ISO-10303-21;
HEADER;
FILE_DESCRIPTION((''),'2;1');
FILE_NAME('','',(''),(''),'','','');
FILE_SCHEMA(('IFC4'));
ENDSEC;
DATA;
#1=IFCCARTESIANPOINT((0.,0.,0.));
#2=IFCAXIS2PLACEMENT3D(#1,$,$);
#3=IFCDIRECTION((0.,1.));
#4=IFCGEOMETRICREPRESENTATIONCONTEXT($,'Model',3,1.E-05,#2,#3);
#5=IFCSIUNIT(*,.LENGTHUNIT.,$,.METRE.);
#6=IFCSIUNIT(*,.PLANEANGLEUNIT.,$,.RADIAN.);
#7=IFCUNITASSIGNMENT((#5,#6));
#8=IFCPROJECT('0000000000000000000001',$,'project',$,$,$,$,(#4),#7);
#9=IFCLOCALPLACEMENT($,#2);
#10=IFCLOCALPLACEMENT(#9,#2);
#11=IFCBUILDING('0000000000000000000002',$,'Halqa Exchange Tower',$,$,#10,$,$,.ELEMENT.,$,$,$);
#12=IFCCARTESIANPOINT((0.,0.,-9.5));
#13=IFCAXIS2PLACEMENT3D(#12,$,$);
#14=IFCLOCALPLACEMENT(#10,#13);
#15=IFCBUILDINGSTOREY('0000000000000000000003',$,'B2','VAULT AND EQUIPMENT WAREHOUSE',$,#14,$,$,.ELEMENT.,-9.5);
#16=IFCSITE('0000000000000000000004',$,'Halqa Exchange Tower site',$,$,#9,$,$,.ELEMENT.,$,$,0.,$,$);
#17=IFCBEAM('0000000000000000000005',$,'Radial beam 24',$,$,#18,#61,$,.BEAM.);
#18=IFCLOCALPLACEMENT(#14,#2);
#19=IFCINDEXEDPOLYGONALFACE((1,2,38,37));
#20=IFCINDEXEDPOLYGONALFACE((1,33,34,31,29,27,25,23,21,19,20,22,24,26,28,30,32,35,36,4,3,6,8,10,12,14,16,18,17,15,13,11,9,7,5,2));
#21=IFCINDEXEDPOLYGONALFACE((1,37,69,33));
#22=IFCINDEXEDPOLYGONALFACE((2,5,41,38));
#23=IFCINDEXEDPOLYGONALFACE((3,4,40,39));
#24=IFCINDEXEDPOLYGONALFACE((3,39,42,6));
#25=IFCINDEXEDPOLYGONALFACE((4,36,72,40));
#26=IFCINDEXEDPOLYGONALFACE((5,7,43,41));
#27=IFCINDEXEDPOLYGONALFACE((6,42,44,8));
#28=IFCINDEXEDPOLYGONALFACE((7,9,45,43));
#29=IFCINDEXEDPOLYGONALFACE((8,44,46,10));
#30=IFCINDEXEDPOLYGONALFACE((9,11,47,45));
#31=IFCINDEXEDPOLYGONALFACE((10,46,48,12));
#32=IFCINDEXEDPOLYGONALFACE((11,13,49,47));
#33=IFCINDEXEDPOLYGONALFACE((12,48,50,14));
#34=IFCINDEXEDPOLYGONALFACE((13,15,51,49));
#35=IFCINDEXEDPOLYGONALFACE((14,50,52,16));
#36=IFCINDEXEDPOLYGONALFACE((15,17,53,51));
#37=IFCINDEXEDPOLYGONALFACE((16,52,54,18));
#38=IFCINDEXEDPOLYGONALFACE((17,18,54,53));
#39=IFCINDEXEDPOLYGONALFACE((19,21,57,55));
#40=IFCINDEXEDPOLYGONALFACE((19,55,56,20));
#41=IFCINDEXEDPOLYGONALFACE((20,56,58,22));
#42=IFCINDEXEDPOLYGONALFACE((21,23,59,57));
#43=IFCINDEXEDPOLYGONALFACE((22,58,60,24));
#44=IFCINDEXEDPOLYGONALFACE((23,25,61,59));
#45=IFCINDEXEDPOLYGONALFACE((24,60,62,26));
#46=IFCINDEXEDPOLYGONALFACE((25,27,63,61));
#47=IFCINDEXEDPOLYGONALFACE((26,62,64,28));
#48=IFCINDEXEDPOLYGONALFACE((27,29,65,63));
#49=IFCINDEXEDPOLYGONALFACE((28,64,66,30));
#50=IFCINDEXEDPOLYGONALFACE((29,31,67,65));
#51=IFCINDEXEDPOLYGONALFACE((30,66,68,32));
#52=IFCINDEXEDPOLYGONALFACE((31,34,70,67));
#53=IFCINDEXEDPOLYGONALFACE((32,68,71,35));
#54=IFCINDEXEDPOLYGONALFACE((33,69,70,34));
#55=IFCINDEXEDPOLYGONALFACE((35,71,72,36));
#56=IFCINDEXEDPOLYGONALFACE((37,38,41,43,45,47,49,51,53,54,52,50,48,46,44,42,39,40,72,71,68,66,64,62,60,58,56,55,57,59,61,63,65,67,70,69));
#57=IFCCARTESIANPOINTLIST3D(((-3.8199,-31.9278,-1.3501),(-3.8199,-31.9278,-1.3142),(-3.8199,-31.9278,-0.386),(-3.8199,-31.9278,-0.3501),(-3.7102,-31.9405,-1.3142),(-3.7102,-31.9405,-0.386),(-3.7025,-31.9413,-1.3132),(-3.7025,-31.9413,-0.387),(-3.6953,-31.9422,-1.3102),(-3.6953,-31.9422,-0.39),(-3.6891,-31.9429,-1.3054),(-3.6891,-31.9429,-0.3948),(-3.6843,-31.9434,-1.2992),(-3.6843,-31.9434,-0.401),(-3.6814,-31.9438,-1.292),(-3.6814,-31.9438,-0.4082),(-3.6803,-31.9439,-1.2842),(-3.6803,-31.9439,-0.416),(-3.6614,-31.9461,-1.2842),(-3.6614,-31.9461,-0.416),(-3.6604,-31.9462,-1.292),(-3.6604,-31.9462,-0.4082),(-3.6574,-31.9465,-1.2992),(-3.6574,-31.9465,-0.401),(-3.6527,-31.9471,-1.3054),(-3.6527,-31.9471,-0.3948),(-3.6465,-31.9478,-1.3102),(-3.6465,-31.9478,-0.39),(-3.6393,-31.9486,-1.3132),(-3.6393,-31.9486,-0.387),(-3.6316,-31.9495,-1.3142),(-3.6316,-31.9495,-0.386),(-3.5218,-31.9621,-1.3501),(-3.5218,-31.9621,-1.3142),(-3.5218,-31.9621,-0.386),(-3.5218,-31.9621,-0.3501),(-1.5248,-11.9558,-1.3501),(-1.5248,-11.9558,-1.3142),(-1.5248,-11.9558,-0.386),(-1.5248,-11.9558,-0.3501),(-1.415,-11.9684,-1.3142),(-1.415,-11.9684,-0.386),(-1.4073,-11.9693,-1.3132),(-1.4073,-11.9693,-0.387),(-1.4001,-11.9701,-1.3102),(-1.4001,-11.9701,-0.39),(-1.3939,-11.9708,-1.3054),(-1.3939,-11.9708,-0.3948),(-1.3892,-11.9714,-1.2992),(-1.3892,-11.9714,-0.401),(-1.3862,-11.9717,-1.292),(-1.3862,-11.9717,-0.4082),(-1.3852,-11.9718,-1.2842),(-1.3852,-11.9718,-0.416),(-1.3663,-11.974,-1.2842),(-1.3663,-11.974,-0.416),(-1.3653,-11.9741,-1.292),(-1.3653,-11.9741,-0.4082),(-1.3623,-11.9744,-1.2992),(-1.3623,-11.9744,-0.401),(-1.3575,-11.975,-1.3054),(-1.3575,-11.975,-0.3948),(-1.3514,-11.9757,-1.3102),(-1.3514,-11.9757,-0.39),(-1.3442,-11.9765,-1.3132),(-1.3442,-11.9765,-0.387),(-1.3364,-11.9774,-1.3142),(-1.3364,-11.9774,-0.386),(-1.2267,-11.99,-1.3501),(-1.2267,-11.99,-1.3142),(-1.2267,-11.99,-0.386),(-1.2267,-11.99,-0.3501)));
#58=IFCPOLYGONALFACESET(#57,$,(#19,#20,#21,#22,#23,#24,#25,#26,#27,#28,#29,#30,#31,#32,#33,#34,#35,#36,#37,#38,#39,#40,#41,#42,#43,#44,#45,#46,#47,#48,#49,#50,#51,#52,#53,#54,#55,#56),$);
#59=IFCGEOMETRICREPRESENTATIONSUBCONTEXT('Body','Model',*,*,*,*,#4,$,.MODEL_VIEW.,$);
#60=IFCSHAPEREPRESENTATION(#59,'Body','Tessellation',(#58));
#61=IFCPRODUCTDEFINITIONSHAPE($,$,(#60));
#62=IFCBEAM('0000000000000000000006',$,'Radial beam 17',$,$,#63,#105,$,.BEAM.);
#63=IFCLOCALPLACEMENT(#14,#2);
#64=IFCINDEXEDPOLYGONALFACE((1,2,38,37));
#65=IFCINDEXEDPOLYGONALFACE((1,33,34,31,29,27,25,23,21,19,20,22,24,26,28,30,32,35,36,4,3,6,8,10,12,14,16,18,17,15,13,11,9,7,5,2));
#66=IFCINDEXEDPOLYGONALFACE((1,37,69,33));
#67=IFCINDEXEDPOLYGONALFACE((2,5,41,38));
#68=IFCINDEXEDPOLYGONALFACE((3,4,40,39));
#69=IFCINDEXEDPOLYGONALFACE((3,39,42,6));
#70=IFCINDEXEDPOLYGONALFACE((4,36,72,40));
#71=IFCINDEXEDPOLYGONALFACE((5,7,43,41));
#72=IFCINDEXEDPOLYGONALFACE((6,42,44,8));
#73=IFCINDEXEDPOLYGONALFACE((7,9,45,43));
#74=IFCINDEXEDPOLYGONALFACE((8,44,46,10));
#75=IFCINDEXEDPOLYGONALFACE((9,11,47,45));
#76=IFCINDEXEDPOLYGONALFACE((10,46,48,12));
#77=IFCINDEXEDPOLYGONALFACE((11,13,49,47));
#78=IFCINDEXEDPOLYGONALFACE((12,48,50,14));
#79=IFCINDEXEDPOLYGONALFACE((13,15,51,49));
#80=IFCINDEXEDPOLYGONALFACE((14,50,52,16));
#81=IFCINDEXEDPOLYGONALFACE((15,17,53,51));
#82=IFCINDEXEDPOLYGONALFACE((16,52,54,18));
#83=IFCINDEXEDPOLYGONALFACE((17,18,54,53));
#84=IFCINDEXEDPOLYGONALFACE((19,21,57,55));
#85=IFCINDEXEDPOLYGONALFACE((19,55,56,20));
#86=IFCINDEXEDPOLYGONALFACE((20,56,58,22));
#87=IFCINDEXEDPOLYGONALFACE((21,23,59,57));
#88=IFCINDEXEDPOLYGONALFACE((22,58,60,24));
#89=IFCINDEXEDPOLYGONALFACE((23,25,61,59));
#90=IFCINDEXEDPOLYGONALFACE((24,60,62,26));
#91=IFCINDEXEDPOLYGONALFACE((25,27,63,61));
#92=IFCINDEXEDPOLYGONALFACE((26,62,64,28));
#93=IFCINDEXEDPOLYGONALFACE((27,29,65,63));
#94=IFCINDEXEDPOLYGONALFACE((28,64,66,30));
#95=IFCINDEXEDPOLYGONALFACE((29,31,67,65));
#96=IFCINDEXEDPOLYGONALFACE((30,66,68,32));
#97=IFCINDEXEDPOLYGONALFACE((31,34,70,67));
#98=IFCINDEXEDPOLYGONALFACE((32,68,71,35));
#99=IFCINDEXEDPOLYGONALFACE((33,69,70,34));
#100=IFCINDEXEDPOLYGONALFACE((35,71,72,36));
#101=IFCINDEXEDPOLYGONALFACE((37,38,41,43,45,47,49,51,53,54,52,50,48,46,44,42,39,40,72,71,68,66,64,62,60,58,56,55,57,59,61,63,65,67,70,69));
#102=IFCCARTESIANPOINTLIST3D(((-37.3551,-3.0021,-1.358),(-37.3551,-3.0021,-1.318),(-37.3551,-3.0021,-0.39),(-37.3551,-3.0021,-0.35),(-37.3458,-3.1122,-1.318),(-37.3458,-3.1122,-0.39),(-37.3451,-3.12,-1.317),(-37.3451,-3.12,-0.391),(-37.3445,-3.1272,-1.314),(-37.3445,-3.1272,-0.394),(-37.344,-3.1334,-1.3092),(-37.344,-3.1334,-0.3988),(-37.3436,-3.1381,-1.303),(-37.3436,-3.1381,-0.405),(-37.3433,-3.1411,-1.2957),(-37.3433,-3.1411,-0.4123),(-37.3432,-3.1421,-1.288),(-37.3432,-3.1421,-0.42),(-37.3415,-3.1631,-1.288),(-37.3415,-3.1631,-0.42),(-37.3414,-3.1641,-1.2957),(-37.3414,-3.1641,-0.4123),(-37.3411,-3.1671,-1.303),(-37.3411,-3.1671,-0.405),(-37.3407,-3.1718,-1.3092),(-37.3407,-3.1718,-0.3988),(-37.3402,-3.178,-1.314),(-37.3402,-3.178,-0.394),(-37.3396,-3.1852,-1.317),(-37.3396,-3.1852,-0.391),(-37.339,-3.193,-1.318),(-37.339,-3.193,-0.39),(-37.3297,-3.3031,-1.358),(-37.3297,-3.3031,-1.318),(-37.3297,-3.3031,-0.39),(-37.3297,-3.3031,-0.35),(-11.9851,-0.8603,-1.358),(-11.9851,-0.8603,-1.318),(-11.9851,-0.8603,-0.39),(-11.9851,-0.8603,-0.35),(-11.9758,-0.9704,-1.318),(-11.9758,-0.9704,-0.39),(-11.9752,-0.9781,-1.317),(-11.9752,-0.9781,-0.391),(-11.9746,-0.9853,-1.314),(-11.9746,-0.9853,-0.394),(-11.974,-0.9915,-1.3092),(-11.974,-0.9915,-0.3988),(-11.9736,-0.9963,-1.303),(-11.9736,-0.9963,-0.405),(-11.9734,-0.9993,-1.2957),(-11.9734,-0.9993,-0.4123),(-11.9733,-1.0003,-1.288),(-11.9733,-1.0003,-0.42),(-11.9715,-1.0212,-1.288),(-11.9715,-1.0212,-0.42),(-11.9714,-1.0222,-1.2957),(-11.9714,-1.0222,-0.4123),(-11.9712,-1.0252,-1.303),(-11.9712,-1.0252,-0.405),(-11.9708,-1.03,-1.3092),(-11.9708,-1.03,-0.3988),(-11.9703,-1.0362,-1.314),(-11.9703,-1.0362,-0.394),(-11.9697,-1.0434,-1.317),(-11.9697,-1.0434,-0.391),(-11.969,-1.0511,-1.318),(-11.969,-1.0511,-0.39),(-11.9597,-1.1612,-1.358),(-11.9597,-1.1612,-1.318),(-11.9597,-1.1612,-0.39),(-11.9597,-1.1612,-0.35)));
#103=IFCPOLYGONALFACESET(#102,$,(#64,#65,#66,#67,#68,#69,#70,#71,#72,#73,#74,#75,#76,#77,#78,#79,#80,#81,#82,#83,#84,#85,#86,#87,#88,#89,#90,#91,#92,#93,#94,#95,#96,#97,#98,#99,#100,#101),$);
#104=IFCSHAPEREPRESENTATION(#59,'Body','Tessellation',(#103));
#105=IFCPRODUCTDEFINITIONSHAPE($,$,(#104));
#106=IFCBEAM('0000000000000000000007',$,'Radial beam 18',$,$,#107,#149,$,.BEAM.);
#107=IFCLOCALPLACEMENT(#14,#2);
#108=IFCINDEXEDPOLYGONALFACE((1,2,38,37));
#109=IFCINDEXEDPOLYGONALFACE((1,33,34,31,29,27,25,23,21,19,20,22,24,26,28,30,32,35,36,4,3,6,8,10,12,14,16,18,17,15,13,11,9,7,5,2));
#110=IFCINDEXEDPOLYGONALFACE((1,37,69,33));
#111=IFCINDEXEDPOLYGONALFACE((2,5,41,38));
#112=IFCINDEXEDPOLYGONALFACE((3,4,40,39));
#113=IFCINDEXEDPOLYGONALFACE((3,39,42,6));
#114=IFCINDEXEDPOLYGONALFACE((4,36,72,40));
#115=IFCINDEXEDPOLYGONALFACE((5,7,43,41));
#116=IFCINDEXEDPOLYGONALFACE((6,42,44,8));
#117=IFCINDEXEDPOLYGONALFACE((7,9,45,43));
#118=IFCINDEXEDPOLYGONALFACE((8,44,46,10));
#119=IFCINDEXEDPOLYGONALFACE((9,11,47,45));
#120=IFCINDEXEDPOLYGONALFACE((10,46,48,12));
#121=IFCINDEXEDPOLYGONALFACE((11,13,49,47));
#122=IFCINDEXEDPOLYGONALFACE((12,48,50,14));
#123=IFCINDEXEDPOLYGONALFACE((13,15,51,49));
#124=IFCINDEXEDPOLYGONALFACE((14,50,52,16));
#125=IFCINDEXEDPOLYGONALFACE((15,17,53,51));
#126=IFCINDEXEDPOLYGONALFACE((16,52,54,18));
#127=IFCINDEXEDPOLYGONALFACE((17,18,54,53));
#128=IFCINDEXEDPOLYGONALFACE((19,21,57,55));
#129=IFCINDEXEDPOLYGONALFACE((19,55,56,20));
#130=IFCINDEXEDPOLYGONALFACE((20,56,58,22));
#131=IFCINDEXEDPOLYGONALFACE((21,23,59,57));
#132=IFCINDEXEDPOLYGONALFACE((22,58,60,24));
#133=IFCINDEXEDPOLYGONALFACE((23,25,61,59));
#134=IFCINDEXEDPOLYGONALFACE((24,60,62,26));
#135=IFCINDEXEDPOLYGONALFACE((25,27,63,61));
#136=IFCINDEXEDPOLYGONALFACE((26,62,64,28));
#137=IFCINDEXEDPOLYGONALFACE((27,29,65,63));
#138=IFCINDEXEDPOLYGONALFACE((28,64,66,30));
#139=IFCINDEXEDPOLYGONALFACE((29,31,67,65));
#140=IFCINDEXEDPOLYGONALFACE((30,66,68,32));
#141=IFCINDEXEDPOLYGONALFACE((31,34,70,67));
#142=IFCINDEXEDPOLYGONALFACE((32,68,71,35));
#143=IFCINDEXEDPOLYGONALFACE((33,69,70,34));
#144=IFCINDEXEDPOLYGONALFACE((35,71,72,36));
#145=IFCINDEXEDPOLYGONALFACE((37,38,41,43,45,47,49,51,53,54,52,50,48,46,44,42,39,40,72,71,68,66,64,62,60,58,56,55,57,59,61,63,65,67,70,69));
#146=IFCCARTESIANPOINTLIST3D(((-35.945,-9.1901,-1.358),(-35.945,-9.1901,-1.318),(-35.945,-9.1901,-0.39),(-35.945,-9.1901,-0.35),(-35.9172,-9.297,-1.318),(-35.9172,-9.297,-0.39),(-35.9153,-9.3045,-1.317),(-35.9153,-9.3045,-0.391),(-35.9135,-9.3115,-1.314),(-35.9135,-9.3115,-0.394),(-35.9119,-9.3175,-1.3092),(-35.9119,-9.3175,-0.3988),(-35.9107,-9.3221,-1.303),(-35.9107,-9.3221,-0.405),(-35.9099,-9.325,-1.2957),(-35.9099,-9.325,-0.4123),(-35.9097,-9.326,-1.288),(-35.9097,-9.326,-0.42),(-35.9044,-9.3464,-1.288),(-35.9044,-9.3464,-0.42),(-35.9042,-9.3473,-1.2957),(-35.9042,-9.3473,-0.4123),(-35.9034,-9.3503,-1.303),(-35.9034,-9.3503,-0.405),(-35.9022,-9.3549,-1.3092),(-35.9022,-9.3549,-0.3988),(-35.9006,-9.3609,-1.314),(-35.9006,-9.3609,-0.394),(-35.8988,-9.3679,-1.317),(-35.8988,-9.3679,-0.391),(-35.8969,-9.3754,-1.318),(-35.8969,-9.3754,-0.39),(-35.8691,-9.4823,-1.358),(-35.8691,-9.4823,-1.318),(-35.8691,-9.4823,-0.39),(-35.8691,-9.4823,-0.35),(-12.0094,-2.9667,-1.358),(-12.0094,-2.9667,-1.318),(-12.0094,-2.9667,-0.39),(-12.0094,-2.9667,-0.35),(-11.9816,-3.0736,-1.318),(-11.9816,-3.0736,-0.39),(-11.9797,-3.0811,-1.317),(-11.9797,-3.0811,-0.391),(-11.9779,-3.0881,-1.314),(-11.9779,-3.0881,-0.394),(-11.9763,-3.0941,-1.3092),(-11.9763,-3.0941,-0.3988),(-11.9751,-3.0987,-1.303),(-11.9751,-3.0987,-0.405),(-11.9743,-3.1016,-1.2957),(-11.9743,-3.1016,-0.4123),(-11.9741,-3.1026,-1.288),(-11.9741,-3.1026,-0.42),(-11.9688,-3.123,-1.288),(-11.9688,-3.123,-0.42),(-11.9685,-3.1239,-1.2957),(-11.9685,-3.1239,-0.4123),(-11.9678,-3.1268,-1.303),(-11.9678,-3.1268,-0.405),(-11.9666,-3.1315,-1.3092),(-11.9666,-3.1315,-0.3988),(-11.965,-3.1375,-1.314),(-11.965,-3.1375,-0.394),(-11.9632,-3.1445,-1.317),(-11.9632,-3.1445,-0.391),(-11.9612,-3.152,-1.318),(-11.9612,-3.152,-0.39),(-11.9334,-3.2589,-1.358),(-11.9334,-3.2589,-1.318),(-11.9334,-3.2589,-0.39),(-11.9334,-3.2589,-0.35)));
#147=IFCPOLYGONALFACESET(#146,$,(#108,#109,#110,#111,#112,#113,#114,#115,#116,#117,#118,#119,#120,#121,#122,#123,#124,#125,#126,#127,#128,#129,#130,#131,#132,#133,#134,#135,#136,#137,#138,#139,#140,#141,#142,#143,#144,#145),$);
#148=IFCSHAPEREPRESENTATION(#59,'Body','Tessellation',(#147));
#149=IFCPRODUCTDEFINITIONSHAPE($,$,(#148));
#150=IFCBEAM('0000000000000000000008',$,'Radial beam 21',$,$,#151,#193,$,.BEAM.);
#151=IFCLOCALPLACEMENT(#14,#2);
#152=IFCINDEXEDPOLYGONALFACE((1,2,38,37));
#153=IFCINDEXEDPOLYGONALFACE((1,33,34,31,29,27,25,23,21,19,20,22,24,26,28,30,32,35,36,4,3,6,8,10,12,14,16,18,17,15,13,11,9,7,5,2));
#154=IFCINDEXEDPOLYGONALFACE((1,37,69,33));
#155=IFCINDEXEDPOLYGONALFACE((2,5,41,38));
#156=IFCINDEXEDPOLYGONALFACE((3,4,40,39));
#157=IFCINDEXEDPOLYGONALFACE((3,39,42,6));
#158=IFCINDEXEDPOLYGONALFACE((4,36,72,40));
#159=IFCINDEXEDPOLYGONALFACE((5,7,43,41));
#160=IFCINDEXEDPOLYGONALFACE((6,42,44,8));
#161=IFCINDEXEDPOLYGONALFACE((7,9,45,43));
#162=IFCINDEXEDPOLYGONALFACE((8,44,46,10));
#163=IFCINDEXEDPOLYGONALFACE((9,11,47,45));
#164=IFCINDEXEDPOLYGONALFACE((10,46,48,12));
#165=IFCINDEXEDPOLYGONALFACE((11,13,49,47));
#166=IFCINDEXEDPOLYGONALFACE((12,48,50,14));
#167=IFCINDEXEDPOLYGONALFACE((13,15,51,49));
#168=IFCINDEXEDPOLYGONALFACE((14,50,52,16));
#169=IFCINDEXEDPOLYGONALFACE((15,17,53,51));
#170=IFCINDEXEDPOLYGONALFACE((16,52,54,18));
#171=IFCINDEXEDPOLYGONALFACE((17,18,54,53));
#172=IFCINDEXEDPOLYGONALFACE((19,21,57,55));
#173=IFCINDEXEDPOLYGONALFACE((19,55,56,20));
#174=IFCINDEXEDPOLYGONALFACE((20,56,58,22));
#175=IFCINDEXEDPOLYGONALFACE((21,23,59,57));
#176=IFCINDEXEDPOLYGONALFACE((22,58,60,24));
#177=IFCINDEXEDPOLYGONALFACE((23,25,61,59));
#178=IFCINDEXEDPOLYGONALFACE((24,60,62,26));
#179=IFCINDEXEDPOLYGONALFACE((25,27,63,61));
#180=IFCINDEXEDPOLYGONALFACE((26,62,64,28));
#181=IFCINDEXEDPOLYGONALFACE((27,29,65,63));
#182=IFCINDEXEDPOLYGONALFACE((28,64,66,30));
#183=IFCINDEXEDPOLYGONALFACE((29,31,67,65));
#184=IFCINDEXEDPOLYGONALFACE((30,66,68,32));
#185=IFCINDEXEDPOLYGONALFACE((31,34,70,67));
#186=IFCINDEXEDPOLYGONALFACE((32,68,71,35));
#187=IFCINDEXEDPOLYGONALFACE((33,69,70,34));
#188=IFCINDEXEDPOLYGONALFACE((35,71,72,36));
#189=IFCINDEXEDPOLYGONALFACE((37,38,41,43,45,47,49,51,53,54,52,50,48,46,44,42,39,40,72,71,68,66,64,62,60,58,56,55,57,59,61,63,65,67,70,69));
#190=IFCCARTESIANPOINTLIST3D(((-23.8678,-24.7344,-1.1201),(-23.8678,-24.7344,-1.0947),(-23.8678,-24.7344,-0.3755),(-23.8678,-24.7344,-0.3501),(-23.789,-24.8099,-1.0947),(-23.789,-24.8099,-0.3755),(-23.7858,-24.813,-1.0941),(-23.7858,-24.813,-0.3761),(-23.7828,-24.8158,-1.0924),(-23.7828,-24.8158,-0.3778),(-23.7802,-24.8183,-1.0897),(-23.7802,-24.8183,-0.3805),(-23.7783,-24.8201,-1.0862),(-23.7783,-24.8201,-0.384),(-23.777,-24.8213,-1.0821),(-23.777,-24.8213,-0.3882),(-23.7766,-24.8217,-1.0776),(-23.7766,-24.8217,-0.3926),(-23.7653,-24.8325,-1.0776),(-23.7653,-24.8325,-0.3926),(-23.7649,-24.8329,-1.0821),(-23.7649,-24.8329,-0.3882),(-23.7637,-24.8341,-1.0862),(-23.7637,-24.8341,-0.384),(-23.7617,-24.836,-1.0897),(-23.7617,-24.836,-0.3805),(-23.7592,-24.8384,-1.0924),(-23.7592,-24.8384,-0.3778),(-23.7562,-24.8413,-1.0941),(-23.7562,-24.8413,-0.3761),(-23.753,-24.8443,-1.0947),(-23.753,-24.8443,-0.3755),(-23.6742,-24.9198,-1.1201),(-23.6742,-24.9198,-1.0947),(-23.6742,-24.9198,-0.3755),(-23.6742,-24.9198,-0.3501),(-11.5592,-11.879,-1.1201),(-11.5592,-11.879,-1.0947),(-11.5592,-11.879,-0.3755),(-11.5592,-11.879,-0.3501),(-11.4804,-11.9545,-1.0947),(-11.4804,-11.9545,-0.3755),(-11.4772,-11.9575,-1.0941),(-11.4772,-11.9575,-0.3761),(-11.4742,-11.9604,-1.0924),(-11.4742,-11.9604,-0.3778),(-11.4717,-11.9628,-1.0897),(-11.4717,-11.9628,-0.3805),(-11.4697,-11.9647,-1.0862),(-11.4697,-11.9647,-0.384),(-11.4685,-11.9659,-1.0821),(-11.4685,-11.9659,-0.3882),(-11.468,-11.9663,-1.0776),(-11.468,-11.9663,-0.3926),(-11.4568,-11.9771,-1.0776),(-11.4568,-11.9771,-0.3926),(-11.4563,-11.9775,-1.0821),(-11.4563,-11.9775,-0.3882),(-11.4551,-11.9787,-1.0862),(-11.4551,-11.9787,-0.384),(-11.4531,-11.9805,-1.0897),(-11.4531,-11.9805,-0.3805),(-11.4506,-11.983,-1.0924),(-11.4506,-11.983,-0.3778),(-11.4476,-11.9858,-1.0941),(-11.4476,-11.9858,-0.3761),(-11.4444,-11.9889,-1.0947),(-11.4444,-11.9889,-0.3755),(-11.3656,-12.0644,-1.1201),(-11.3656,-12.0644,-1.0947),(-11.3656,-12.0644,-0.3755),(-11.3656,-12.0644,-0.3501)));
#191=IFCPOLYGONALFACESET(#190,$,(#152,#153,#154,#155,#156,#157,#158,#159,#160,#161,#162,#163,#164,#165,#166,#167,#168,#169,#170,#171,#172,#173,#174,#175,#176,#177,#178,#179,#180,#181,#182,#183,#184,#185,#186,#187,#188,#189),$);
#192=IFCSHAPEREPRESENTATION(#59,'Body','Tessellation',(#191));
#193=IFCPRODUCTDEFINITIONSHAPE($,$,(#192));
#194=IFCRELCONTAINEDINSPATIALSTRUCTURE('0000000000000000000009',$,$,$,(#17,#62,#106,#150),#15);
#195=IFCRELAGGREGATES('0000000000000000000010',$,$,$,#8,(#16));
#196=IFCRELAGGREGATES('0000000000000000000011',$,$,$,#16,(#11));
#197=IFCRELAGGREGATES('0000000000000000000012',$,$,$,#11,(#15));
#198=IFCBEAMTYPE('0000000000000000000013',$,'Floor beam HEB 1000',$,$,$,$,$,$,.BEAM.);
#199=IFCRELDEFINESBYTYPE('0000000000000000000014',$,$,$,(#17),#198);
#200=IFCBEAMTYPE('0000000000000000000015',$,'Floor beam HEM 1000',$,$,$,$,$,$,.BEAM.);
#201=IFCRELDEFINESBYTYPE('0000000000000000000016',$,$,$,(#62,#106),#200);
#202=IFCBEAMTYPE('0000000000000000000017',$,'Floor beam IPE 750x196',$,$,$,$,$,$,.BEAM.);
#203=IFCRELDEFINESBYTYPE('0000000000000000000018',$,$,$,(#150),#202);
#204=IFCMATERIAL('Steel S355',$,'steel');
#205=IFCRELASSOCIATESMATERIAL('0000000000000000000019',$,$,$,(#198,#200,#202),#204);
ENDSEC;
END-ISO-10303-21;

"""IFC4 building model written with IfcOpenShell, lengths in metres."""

from ifc_helpers import new_model, si_unit, direction, frame, origin, origin_2d, place, context, subcontext, project, spatial, i_section, extrude, material, material_profile, profile_set, type_object, element, save


model = new_model("IFC4")

# Units and contexts
model_context = context("Model", 3, precision=1e-05, world=origin(), true_north=direction((0.0, 1.0)))
body_context = subcontext(model_context, "Body", "Model", "MODEL_VIEW")
ifc_project = project(units=[si_unit("LENGTHUNIT", "METRE"), si_unit("PLANEANGLEUNIT", "RADIAN")], contexts=[model_context])

# Site, building, storey
site_placement = place(None, origin())
site = spatial("IfcSite", under=ifc_project, at=site_placement, Name="Halqa Exchange Tower site", CompositionType="ELEMENT", RefElevation=0.0)
building_placement = place(site_placement, origin())
building = spatial("IfcBuilding", under=site, at=building_placement, Name="Halqa Exchange Tower", CompositionType="ELEMENT")
storey_placement = place(building_placement, frame((0.0, 0.0, -9.5)))
storey = spatial("IfcBuildingStorey", under=building, at=storey_placement, Name="B2", Description="VAULT AND EQUIPMENT WAREHOUSE", CompositionType="ELEMENT", Elevation=-9.5)

# Beams
ifc_material_1 = material(Name="Steel S355", Category="steel")
ifc_material_profile_1 = material_profile(ifc_material_1, i_section(OverallWidth=0.3, OverallDepth=1.0, WebThickness=0.019, FlangeThickness=0.0359, FilletRadius=0.03, at=origin_2d()), Name="HEB 1000")
ifc_profile_set_1 = profile_set([ifc_material_profile_1], Name="Steel S355")
beam_type_1 = type_object("IfcBeamType", Name="Floor beam HEB 1000", PredefinedType="BEAM", material=ifc_profile_set_1)
beam_1_placement = place(storey_placement, frame((-1.3757, -11.9729, -0.8501), z_axis=(-0.114167, -0.993462, 0.0), x_axis=(0.993462, -0.114167, 0.0)))
element("IfcBeam", 1, at=beam_1_placement, inside=storey, type_object=beam_type_1, Name="Radial beam 24", PredefinedType="BEAM", context=body_context, shape_type="SweptSolid", body=[
    extrude(i_section(OverallWidth=0.3, OverallDepth=1.0, WebThickness=0.019, FlangeThickness=0.0359, FilletRadius=0.03, at=origin_2d()), origin(), (0.0, 0.0, 1.0), 20.1035),
])
ifc_material_profile_2 = material_profile(ifc_material_1, i_section(OverallWidth=0.302, OverallDepth=1.0081, WebThickness=0.021, FlangeThickness=0.04, FilletRadius=0.03, at=origin_2d()), Name="HEM 1000")
ifc_profile_set_2 = profile_set([ifc_material_profile_2], Name="Steel S355")
beam_type_2 = type_object("IfcBeamType", Name="Floor beam HEM 1000", PredefinedType="BEAM", material=ifc_profile_set_2)
beam_2_placement = place(storey_placement, frame((-11.9724, -1.0107, -0.854), z_axis=(-0.996455, -0.084125, 0.0), x_axis=(0.084125, -0.996455, 0.0)))
element("IfcBeam", 2, at=beam_2_placement, inside=storey, type_object=beam_type_2, Name="Radial beam 17", PredefinedType="BEAM", context=body_context, shape_type="SweptSolid", body=[
    extrude(i_section(OverallWidth=0.302, OverallDepth=1.0081, WebThickness=0.021, FlangeThickness=0.04, FilletRadius=0.03, at=origin_2d()), origin(), (0.0, 0.0, 1.0), 25.4602),
])
beam_3_placement = place(storey_placement, frame((-11.9714, -3.1128, -0.854), z_axis=(-0.967821, -0.251639, 0.0), x_axis=(0.251639, -0.967821, 0.0)))
element("IfcBeam", 3, at=beam_3_placement, inside=storey, type_object=beam_type_2, Name="Radial beam 18", PredefinedType="BEAM", context=body_context, shape_type="SweptSolid", body=[
    extrude(i_section(OverallWidth=0.302, OverallDepth=1.0081, WebThickness=0.021, FlangeThickness=0.04, FilletRadius=0.03, at=origin_2d()), origin(), (0.0, 0.0, 1.0), 24.7314),
])
ifc_material_profile_3 = material_profile(ifc_material_1, i_section(OverallWidth=0.2681, OverallDepth=0.77, WebThickness=0.0156, FlangeThickness=0.0254, FilletRadius=0.0171, at=origin_2d()), Name="IPE 750x196")
ifc_profile_set_3 = profile_set([ifc_material_profile_3], Name="Steel S355")
beam_type_3 = type_object("IfcBeamType", Name="Floor beam IPE 750x196", PredefinedType="BEAM", material=ifc_profile_set_3)
beam_4_placement = place(storey_placement, frame((-11.4624, -11.9717, -0.7351), z_axis=(-0.691576, -0.722303, 0.0), x_axis=(0.722303, -0.691576, 0.0)))
element("IfcBeam", 4, at=beam_4_placement, inside=storey, type_object=beam_type_3, Name="Radial beam 21", PredefinedType="BEAM", context=body_context, shape_type="SweptSolid", body=[
    extrude(i_section(OverallWidth=0.2681, OverallDepth=0.77, WebThickness=0.0156, FlangeThickness=0.0254, FilletRadius=0.0171, at=origin_2d()), origin(), (0.0, 0.0, 1.0), 17.7979),
])

save(model, "model.ifc")
